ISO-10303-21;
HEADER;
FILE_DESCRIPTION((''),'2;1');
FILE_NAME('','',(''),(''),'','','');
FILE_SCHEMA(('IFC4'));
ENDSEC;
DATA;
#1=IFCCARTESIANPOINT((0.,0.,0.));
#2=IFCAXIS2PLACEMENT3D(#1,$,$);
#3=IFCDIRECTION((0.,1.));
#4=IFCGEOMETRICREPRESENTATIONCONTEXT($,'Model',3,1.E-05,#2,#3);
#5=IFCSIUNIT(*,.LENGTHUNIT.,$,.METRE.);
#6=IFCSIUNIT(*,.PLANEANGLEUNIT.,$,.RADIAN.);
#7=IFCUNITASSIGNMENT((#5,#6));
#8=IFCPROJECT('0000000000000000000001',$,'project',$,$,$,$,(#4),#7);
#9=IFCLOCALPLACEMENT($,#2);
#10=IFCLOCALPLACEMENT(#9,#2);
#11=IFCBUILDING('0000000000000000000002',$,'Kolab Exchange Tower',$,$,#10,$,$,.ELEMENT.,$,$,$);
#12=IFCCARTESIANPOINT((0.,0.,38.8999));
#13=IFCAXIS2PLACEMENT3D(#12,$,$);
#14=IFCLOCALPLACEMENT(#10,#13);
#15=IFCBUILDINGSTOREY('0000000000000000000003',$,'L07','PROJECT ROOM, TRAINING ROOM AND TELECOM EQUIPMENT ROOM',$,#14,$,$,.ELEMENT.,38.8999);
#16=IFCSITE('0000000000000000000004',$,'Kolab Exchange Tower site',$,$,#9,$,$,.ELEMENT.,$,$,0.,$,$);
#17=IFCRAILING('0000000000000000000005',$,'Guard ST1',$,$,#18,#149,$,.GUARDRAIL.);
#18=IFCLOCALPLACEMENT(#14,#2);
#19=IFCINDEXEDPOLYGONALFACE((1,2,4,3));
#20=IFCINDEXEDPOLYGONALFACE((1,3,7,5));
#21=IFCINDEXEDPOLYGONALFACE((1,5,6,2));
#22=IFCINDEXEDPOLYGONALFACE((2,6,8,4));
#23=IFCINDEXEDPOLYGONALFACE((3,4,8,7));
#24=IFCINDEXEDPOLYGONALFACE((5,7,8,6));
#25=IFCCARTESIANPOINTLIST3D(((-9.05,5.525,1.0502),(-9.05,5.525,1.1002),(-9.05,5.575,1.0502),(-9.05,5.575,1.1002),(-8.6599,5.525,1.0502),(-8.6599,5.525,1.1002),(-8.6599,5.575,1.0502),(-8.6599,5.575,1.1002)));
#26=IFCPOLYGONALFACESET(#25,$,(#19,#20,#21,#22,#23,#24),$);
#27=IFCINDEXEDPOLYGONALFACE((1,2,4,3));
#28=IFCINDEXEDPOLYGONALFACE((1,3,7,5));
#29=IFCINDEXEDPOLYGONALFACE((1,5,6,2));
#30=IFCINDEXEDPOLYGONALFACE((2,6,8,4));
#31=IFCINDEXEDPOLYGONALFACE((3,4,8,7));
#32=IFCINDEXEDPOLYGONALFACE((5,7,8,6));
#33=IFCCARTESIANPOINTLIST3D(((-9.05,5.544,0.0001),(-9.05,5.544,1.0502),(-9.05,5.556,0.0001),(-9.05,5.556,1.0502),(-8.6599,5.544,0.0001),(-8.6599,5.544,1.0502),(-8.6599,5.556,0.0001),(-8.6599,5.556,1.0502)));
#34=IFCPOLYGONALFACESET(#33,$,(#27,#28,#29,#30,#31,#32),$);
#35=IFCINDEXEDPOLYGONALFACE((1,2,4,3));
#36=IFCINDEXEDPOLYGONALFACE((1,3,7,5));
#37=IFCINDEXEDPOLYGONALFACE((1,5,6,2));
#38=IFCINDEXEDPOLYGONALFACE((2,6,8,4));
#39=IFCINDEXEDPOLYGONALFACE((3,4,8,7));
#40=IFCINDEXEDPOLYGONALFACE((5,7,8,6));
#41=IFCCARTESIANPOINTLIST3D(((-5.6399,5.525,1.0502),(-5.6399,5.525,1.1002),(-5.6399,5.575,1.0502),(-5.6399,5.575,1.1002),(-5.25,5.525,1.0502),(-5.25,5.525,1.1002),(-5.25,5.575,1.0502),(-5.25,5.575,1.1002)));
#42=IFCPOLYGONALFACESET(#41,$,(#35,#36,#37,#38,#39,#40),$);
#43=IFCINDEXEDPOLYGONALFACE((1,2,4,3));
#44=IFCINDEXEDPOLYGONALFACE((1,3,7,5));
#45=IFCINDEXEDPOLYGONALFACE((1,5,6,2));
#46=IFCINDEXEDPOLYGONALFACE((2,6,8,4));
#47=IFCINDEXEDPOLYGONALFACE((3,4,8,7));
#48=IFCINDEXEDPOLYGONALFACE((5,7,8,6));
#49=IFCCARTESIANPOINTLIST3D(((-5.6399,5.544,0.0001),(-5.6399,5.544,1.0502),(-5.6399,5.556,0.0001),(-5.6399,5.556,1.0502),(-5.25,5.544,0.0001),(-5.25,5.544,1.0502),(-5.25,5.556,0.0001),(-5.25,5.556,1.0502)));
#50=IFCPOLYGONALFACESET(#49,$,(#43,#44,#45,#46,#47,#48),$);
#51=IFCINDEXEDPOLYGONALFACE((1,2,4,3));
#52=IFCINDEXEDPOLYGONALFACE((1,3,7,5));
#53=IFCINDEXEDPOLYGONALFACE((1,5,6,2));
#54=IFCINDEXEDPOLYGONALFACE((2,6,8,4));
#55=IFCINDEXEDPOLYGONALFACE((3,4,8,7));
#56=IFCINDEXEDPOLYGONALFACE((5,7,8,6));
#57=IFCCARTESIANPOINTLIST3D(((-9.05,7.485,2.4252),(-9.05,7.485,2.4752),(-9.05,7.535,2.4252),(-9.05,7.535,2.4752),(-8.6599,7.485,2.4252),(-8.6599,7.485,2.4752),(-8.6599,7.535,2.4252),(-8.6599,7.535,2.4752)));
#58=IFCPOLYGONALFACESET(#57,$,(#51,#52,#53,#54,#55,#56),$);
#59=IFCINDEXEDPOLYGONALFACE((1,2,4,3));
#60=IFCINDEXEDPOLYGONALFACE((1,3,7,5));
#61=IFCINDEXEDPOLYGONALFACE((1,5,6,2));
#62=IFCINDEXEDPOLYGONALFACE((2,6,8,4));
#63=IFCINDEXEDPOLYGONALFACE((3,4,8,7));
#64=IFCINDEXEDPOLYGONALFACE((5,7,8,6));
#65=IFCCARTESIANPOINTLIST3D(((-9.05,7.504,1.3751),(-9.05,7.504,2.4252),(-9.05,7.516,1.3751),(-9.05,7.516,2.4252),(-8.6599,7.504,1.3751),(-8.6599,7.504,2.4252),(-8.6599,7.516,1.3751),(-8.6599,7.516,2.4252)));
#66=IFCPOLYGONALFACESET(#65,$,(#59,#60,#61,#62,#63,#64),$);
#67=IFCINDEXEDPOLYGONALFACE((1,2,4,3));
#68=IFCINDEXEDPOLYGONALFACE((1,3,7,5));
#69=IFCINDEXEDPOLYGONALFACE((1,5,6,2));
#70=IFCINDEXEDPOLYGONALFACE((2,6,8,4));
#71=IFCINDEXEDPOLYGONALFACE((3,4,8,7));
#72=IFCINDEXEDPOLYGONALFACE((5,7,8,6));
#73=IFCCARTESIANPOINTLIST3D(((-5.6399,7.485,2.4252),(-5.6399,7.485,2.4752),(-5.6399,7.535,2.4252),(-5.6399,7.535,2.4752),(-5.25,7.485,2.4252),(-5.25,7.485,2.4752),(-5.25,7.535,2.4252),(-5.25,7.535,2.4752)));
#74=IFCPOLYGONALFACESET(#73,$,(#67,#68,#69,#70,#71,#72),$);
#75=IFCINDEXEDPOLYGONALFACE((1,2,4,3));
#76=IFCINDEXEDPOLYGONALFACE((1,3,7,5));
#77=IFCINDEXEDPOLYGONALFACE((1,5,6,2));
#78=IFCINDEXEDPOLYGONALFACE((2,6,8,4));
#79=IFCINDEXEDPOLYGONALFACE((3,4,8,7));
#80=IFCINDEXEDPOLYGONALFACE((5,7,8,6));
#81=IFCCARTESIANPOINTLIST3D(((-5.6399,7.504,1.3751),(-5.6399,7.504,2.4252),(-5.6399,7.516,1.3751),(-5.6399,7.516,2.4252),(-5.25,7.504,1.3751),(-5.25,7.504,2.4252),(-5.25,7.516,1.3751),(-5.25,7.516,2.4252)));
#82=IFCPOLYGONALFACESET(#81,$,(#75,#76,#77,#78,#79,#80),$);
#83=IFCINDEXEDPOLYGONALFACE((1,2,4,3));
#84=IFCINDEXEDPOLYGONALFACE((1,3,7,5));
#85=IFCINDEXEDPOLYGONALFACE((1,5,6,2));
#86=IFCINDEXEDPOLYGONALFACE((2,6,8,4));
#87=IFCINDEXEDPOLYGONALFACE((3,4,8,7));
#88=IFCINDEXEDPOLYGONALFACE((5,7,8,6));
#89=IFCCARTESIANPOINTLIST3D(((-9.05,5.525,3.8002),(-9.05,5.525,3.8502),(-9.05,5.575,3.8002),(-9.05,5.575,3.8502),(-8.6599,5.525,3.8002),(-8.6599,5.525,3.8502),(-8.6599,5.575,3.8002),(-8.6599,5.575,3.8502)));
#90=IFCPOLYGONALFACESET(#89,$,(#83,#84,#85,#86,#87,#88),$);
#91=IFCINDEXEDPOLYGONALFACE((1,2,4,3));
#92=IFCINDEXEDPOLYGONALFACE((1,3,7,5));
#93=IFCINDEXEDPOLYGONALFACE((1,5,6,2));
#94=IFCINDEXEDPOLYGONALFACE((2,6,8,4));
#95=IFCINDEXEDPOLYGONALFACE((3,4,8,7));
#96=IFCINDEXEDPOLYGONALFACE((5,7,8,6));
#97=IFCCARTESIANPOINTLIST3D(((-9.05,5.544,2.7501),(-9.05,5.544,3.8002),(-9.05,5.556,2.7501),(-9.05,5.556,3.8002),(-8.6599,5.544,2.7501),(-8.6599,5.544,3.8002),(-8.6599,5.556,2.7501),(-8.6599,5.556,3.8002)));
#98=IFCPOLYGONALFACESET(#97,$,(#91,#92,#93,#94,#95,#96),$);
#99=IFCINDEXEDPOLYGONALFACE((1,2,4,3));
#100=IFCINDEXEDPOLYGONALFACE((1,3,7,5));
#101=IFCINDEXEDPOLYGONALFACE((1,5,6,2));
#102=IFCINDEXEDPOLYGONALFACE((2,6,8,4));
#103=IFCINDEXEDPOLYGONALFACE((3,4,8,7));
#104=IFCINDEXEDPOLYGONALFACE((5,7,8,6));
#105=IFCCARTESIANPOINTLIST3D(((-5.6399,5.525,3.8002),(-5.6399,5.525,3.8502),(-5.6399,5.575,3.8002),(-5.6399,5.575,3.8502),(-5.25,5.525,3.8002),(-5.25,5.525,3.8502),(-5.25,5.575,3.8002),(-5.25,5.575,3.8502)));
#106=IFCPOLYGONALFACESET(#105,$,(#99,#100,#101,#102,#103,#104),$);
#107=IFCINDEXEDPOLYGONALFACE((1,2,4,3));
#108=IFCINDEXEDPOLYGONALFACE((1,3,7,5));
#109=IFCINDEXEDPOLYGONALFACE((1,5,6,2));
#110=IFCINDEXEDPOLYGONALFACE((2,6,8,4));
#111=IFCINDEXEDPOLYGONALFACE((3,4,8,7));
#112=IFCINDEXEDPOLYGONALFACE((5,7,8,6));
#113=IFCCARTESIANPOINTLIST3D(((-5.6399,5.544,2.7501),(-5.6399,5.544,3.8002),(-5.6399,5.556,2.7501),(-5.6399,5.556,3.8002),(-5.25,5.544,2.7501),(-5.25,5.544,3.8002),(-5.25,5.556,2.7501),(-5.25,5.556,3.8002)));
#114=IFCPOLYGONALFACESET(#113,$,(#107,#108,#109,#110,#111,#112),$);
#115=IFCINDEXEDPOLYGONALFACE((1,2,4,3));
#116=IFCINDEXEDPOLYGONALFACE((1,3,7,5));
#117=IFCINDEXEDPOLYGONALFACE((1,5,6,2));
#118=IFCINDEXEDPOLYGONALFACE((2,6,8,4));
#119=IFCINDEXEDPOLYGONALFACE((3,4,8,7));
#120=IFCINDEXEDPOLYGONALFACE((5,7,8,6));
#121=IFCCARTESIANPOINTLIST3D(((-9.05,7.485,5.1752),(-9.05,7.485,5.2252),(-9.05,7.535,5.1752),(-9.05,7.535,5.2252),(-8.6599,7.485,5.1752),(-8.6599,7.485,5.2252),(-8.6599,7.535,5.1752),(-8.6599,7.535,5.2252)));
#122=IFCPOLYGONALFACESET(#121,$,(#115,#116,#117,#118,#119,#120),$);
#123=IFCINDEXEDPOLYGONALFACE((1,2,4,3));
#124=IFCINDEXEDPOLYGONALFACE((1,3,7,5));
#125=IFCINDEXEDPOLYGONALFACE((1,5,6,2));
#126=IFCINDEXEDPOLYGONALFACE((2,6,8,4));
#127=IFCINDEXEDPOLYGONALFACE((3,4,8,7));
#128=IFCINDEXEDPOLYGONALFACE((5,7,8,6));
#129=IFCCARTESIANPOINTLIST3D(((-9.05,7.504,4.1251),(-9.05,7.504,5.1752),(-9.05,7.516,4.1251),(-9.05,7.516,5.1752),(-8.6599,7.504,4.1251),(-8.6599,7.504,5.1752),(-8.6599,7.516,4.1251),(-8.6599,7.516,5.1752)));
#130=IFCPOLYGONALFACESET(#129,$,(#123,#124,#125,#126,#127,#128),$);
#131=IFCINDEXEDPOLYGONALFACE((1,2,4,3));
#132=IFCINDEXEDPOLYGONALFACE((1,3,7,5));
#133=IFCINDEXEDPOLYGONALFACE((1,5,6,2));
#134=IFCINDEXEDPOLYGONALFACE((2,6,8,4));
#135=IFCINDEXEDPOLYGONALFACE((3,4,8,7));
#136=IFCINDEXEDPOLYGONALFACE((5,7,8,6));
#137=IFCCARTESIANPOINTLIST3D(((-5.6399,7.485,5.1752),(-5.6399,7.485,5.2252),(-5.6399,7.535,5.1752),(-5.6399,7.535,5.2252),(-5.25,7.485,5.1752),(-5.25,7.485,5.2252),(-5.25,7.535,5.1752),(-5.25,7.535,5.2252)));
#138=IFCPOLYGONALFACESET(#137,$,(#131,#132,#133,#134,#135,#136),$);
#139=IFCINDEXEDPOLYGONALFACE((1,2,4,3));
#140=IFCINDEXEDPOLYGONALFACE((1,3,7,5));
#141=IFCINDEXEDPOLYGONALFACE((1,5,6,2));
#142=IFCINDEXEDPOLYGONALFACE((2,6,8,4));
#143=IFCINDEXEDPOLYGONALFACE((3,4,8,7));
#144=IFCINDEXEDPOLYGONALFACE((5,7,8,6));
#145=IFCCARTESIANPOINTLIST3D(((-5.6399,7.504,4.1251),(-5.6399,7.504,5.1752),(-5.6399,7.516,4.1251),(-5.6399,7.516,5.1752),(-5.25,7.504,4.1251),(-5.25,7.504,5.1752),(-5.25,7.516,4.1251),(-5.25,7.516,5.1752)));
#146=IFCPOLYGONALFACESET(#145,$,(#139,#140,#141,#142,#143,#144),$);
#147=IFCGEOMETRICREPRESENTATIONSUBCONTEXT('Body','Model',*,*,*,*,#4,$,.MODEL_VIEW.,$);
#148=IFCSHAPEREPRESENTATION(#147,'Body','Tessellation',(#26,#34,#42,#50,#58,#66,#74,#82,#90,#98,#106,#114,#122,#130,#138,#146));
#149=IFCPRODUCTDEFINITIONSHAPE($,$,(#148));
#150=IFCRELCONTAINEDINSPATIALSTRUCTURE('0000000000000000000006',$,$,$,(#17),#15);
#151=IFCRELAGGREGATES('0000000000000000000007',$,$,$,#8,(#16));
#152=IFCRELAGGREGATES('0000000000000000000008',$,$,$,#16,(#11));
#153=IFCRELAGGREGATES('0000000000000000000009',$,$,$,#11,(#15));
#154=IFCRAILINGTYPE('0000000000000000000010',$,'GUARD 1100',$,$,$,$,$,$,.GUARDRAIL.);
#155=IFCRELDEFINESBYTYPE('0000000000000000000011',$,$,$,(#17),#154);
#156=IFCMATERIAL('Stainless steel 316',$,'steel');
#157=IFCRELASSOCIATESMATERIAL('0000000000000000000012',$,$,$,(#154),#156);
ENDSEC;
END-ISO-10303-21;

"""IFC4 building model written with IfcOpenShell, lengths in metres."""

from ifc_helpers import new_model, si_unit, direction, frame, frame_2d, origin, origin_2d, place, context, subcontext, project, spatial, rectangle, extrude, material, type_object, element, save


model = new_model("IFC4")

# Units and contexts
model_context = context("Model", 3, precision=1e-05, world=origin(), true_north=direction((0.0, 1.0)))
body_context = subcontext(model_context, "Body", "Model", "MODEL_VIEW")
ifc_project = project(units=[si_unit("LENGTHUNIT", "METRE"), si_unit("PLANEANGLEUNIT", "RADIAN")], contexts=[model_context])

# Site, building, storey
site_placement = place(None, origin())
site = spatial("IfcSite", under=ifc_project, at=site_placement, Name="Kolab Exchange Tower site", CompositionType="ELEMENT", RefElevation=0.0)
building_placement = place(site_placement, origin())
building = spatial("IfcBuilding", under=site, at=building_placement, Name="Kolab Exchange Tower", CompositionType="ELEMENT")
storey_placement = place(building_placement, frame((0.0, 0.0, 38.8999)))
storey = spatial("IfcBuildingStorey", under=building, at=storey_placement, Name="L07", Description="PROJECT ROOM, TRAINING ROOM AND TELECOM EQUIPMENT ROOM", CompositionType="ELEMENT", Elevation=38.8999)

# Railing
ifc_material_1 = material(Name="Stainless steel 316", Category="steel")
railing_type = type_object("IfcRailingType", Name="GUARD 1100", PredefinedType="GUARDRAIL", material=ifc_material_1)
railing_placement = place(storey_placement, frame((-9.05, 5.55, 0.0)))
element("IfcRailing", 1, at=railing_placement, inside=storey, type_object=railing_type, Name="Guard ST1", PredefinedType="GUARDRAIL", context=body_context, shape_type="SweptSolid", body=[
    extrude(rectangle(XDim=0.05, YDim=0.05, at=origin_2d()), frame((0.0, 0.0, 1.0752), z_axis=(1.0, 0.0, 0.0), x_axis=(0.0, 1.0, 0.0)), (0.0, 0.0, 1.0), 0.3901),
    extrude(rectangle(XDim=0.012, YDim=1.0501, at=frame_2d((0.0, 0.5251))), frame((0.0, 0.0, 0.0), z_axis=(1.0, 0.0, 0.0), x_axis=(0.0, 1.0, 0.0)), (0.0, 0.0, 1.0), 0.3901),
    extrude(rectangle(XDim=0.05, YDim=0.05, at=origin_2d()), frame((3.4102, 0.0, 1.0752), z_axis=(1.0, 0.0, 0.0), x_axis=(0.0, 1.0, 0.0)), (0.0, 0.0, 1.0), 0.3899),
    extrude(rectangle(XDim=0.012, YDim=1.0501, at=frame_2d((0.0, 0.5251))), frame((3.4102, 0.0, 0.0), z_axis=(1.0, 0.0, 0.0), x_axis=(0.0, 1.0, 0.0)), (0.0, 0.0, 1.0), 0.3899),
    extrude(rectangle(XDim=0.05, YDim=0.05, at=origin_2d()), frame((0.0, 1.96, 2.4502), z_axis=(1.0, 0.0, 0.0), x_axis=(0.0, 1.0, 0.0)), (0.0, 0.0, 1.0), 0.3901),
    extrude(rectangle(XDim=0.012, YDim=1.0501, at=frame_2d((0.0, 0.5251))), frame((0.0, 1.96, 1.375), z_axis=(1.0, 0.0, 0.0), x_axis=(0.0, 1.0, 0.0)), (0.0, 0.0, 1.0), 0.3901),
    extrude(rectangle(XDim=0.05, YDim=0.05, at=origin_2d()), frame((3.4102, 1.96, 2.4502), z_axis=(1.0, 0.0, 0.0), x_axis=(0.0, 1.0, 0.0)), (0.0, 0.0, 1.0), 0.3899),
    extrude(rectangle(XDim=0.012, YDim=1.0501, at=frame_2d((0.0, 0.5251))), frame((3.4102, 1.96, 1.375), z_axis=(1.0, 0.0, 0.0), x_axis=(0.0, 1.0, 0.0)), (0.0, 0.0, 1.0), 0.3899),
    extrude(rectangle(XDim=0.05, YDim=0.05, at=origin_2d()), frame((0.0, 0.0, 3.8252), z_axis=(1.0, 0.0, 0.0), x_axis=(0.0, 1.0, 0.0)), (0.0, 0.0, 1.0), 0.3901),
    extrude(rectangle(XDim=0.012, YDim=1.0501, at=frame_2d((0.0, 0.5251))), frame((0.0, 0.0, 2.75), z_axis=(1.0, 0.0, 0.0), x_axis=(0.0, 1.0, 0.0)), (0.0, 0.0, 1.0), 0.3901),
    extrude(rectangle(XDim=0.05, YDim=0.05, at=origin_2d()), frame((3.4102, 0.0, 3.8252), z_axis=(1.0, 0.0, 0.0), x_axis=(0.0, 1.0, 0.0)), (0.0, 0.0, 1.0), 0.3899),
    extrude(rectangle(XDim=0.012, YDim=1.0501, at=frame_2d((0.0, 0.5251))), frame((3.4102, 0.0, 2.75), z_axis=(1.0, 0.0, 0.0), x_axis=(0.0, 1.0, 0.0)), (0.0, 0.0, 1.0), 0.3899),
    extrude(rectangle(XDim=0.05, YDim=0.05, at=origin_2d()), frame((0.0, 1.96, 5.2002), z_axis=(1.0, 0.0, 0.0), x_axis=(0.0, 1.0, 0.0)), (0.0, 0.0, 1.0), 0.3901),
    extrude(rectangle(XDim=0.012, YDim=1.0501, at=frame_2d((0.0, 0.5251))), frame((0.0, 1.96, 4.125), z_axis=(1.0, 0.0, 0.0), x_axis=(0.0, 1.0, 0.0)), (0.0, 0.0, 1.0), 0.3901),
    extrude(rectangle(XDim=0.05, YDim=0.05, at=origin_2d()), frame((3.4102, 1.96, 5.2002), z_axis=(1.0, 0.0, 0.0), x_axis=(0.0, 1.0, 0.0)), (0.0, 0.0, 1.0), 0.3899),
    extrude(rectangle(XDim=0.012, YDim=1.0501, at=frame_2d((0.0, 0.5251))), frame((3.4102, 1.96, 4.125), z_axis=(1.0, 0.0, 0.0), x_axis=(0.0, 1.0, 0.0)), (0.0, 0.0, 1.0), 0.3899),
])

save(model, "model.ifc")
